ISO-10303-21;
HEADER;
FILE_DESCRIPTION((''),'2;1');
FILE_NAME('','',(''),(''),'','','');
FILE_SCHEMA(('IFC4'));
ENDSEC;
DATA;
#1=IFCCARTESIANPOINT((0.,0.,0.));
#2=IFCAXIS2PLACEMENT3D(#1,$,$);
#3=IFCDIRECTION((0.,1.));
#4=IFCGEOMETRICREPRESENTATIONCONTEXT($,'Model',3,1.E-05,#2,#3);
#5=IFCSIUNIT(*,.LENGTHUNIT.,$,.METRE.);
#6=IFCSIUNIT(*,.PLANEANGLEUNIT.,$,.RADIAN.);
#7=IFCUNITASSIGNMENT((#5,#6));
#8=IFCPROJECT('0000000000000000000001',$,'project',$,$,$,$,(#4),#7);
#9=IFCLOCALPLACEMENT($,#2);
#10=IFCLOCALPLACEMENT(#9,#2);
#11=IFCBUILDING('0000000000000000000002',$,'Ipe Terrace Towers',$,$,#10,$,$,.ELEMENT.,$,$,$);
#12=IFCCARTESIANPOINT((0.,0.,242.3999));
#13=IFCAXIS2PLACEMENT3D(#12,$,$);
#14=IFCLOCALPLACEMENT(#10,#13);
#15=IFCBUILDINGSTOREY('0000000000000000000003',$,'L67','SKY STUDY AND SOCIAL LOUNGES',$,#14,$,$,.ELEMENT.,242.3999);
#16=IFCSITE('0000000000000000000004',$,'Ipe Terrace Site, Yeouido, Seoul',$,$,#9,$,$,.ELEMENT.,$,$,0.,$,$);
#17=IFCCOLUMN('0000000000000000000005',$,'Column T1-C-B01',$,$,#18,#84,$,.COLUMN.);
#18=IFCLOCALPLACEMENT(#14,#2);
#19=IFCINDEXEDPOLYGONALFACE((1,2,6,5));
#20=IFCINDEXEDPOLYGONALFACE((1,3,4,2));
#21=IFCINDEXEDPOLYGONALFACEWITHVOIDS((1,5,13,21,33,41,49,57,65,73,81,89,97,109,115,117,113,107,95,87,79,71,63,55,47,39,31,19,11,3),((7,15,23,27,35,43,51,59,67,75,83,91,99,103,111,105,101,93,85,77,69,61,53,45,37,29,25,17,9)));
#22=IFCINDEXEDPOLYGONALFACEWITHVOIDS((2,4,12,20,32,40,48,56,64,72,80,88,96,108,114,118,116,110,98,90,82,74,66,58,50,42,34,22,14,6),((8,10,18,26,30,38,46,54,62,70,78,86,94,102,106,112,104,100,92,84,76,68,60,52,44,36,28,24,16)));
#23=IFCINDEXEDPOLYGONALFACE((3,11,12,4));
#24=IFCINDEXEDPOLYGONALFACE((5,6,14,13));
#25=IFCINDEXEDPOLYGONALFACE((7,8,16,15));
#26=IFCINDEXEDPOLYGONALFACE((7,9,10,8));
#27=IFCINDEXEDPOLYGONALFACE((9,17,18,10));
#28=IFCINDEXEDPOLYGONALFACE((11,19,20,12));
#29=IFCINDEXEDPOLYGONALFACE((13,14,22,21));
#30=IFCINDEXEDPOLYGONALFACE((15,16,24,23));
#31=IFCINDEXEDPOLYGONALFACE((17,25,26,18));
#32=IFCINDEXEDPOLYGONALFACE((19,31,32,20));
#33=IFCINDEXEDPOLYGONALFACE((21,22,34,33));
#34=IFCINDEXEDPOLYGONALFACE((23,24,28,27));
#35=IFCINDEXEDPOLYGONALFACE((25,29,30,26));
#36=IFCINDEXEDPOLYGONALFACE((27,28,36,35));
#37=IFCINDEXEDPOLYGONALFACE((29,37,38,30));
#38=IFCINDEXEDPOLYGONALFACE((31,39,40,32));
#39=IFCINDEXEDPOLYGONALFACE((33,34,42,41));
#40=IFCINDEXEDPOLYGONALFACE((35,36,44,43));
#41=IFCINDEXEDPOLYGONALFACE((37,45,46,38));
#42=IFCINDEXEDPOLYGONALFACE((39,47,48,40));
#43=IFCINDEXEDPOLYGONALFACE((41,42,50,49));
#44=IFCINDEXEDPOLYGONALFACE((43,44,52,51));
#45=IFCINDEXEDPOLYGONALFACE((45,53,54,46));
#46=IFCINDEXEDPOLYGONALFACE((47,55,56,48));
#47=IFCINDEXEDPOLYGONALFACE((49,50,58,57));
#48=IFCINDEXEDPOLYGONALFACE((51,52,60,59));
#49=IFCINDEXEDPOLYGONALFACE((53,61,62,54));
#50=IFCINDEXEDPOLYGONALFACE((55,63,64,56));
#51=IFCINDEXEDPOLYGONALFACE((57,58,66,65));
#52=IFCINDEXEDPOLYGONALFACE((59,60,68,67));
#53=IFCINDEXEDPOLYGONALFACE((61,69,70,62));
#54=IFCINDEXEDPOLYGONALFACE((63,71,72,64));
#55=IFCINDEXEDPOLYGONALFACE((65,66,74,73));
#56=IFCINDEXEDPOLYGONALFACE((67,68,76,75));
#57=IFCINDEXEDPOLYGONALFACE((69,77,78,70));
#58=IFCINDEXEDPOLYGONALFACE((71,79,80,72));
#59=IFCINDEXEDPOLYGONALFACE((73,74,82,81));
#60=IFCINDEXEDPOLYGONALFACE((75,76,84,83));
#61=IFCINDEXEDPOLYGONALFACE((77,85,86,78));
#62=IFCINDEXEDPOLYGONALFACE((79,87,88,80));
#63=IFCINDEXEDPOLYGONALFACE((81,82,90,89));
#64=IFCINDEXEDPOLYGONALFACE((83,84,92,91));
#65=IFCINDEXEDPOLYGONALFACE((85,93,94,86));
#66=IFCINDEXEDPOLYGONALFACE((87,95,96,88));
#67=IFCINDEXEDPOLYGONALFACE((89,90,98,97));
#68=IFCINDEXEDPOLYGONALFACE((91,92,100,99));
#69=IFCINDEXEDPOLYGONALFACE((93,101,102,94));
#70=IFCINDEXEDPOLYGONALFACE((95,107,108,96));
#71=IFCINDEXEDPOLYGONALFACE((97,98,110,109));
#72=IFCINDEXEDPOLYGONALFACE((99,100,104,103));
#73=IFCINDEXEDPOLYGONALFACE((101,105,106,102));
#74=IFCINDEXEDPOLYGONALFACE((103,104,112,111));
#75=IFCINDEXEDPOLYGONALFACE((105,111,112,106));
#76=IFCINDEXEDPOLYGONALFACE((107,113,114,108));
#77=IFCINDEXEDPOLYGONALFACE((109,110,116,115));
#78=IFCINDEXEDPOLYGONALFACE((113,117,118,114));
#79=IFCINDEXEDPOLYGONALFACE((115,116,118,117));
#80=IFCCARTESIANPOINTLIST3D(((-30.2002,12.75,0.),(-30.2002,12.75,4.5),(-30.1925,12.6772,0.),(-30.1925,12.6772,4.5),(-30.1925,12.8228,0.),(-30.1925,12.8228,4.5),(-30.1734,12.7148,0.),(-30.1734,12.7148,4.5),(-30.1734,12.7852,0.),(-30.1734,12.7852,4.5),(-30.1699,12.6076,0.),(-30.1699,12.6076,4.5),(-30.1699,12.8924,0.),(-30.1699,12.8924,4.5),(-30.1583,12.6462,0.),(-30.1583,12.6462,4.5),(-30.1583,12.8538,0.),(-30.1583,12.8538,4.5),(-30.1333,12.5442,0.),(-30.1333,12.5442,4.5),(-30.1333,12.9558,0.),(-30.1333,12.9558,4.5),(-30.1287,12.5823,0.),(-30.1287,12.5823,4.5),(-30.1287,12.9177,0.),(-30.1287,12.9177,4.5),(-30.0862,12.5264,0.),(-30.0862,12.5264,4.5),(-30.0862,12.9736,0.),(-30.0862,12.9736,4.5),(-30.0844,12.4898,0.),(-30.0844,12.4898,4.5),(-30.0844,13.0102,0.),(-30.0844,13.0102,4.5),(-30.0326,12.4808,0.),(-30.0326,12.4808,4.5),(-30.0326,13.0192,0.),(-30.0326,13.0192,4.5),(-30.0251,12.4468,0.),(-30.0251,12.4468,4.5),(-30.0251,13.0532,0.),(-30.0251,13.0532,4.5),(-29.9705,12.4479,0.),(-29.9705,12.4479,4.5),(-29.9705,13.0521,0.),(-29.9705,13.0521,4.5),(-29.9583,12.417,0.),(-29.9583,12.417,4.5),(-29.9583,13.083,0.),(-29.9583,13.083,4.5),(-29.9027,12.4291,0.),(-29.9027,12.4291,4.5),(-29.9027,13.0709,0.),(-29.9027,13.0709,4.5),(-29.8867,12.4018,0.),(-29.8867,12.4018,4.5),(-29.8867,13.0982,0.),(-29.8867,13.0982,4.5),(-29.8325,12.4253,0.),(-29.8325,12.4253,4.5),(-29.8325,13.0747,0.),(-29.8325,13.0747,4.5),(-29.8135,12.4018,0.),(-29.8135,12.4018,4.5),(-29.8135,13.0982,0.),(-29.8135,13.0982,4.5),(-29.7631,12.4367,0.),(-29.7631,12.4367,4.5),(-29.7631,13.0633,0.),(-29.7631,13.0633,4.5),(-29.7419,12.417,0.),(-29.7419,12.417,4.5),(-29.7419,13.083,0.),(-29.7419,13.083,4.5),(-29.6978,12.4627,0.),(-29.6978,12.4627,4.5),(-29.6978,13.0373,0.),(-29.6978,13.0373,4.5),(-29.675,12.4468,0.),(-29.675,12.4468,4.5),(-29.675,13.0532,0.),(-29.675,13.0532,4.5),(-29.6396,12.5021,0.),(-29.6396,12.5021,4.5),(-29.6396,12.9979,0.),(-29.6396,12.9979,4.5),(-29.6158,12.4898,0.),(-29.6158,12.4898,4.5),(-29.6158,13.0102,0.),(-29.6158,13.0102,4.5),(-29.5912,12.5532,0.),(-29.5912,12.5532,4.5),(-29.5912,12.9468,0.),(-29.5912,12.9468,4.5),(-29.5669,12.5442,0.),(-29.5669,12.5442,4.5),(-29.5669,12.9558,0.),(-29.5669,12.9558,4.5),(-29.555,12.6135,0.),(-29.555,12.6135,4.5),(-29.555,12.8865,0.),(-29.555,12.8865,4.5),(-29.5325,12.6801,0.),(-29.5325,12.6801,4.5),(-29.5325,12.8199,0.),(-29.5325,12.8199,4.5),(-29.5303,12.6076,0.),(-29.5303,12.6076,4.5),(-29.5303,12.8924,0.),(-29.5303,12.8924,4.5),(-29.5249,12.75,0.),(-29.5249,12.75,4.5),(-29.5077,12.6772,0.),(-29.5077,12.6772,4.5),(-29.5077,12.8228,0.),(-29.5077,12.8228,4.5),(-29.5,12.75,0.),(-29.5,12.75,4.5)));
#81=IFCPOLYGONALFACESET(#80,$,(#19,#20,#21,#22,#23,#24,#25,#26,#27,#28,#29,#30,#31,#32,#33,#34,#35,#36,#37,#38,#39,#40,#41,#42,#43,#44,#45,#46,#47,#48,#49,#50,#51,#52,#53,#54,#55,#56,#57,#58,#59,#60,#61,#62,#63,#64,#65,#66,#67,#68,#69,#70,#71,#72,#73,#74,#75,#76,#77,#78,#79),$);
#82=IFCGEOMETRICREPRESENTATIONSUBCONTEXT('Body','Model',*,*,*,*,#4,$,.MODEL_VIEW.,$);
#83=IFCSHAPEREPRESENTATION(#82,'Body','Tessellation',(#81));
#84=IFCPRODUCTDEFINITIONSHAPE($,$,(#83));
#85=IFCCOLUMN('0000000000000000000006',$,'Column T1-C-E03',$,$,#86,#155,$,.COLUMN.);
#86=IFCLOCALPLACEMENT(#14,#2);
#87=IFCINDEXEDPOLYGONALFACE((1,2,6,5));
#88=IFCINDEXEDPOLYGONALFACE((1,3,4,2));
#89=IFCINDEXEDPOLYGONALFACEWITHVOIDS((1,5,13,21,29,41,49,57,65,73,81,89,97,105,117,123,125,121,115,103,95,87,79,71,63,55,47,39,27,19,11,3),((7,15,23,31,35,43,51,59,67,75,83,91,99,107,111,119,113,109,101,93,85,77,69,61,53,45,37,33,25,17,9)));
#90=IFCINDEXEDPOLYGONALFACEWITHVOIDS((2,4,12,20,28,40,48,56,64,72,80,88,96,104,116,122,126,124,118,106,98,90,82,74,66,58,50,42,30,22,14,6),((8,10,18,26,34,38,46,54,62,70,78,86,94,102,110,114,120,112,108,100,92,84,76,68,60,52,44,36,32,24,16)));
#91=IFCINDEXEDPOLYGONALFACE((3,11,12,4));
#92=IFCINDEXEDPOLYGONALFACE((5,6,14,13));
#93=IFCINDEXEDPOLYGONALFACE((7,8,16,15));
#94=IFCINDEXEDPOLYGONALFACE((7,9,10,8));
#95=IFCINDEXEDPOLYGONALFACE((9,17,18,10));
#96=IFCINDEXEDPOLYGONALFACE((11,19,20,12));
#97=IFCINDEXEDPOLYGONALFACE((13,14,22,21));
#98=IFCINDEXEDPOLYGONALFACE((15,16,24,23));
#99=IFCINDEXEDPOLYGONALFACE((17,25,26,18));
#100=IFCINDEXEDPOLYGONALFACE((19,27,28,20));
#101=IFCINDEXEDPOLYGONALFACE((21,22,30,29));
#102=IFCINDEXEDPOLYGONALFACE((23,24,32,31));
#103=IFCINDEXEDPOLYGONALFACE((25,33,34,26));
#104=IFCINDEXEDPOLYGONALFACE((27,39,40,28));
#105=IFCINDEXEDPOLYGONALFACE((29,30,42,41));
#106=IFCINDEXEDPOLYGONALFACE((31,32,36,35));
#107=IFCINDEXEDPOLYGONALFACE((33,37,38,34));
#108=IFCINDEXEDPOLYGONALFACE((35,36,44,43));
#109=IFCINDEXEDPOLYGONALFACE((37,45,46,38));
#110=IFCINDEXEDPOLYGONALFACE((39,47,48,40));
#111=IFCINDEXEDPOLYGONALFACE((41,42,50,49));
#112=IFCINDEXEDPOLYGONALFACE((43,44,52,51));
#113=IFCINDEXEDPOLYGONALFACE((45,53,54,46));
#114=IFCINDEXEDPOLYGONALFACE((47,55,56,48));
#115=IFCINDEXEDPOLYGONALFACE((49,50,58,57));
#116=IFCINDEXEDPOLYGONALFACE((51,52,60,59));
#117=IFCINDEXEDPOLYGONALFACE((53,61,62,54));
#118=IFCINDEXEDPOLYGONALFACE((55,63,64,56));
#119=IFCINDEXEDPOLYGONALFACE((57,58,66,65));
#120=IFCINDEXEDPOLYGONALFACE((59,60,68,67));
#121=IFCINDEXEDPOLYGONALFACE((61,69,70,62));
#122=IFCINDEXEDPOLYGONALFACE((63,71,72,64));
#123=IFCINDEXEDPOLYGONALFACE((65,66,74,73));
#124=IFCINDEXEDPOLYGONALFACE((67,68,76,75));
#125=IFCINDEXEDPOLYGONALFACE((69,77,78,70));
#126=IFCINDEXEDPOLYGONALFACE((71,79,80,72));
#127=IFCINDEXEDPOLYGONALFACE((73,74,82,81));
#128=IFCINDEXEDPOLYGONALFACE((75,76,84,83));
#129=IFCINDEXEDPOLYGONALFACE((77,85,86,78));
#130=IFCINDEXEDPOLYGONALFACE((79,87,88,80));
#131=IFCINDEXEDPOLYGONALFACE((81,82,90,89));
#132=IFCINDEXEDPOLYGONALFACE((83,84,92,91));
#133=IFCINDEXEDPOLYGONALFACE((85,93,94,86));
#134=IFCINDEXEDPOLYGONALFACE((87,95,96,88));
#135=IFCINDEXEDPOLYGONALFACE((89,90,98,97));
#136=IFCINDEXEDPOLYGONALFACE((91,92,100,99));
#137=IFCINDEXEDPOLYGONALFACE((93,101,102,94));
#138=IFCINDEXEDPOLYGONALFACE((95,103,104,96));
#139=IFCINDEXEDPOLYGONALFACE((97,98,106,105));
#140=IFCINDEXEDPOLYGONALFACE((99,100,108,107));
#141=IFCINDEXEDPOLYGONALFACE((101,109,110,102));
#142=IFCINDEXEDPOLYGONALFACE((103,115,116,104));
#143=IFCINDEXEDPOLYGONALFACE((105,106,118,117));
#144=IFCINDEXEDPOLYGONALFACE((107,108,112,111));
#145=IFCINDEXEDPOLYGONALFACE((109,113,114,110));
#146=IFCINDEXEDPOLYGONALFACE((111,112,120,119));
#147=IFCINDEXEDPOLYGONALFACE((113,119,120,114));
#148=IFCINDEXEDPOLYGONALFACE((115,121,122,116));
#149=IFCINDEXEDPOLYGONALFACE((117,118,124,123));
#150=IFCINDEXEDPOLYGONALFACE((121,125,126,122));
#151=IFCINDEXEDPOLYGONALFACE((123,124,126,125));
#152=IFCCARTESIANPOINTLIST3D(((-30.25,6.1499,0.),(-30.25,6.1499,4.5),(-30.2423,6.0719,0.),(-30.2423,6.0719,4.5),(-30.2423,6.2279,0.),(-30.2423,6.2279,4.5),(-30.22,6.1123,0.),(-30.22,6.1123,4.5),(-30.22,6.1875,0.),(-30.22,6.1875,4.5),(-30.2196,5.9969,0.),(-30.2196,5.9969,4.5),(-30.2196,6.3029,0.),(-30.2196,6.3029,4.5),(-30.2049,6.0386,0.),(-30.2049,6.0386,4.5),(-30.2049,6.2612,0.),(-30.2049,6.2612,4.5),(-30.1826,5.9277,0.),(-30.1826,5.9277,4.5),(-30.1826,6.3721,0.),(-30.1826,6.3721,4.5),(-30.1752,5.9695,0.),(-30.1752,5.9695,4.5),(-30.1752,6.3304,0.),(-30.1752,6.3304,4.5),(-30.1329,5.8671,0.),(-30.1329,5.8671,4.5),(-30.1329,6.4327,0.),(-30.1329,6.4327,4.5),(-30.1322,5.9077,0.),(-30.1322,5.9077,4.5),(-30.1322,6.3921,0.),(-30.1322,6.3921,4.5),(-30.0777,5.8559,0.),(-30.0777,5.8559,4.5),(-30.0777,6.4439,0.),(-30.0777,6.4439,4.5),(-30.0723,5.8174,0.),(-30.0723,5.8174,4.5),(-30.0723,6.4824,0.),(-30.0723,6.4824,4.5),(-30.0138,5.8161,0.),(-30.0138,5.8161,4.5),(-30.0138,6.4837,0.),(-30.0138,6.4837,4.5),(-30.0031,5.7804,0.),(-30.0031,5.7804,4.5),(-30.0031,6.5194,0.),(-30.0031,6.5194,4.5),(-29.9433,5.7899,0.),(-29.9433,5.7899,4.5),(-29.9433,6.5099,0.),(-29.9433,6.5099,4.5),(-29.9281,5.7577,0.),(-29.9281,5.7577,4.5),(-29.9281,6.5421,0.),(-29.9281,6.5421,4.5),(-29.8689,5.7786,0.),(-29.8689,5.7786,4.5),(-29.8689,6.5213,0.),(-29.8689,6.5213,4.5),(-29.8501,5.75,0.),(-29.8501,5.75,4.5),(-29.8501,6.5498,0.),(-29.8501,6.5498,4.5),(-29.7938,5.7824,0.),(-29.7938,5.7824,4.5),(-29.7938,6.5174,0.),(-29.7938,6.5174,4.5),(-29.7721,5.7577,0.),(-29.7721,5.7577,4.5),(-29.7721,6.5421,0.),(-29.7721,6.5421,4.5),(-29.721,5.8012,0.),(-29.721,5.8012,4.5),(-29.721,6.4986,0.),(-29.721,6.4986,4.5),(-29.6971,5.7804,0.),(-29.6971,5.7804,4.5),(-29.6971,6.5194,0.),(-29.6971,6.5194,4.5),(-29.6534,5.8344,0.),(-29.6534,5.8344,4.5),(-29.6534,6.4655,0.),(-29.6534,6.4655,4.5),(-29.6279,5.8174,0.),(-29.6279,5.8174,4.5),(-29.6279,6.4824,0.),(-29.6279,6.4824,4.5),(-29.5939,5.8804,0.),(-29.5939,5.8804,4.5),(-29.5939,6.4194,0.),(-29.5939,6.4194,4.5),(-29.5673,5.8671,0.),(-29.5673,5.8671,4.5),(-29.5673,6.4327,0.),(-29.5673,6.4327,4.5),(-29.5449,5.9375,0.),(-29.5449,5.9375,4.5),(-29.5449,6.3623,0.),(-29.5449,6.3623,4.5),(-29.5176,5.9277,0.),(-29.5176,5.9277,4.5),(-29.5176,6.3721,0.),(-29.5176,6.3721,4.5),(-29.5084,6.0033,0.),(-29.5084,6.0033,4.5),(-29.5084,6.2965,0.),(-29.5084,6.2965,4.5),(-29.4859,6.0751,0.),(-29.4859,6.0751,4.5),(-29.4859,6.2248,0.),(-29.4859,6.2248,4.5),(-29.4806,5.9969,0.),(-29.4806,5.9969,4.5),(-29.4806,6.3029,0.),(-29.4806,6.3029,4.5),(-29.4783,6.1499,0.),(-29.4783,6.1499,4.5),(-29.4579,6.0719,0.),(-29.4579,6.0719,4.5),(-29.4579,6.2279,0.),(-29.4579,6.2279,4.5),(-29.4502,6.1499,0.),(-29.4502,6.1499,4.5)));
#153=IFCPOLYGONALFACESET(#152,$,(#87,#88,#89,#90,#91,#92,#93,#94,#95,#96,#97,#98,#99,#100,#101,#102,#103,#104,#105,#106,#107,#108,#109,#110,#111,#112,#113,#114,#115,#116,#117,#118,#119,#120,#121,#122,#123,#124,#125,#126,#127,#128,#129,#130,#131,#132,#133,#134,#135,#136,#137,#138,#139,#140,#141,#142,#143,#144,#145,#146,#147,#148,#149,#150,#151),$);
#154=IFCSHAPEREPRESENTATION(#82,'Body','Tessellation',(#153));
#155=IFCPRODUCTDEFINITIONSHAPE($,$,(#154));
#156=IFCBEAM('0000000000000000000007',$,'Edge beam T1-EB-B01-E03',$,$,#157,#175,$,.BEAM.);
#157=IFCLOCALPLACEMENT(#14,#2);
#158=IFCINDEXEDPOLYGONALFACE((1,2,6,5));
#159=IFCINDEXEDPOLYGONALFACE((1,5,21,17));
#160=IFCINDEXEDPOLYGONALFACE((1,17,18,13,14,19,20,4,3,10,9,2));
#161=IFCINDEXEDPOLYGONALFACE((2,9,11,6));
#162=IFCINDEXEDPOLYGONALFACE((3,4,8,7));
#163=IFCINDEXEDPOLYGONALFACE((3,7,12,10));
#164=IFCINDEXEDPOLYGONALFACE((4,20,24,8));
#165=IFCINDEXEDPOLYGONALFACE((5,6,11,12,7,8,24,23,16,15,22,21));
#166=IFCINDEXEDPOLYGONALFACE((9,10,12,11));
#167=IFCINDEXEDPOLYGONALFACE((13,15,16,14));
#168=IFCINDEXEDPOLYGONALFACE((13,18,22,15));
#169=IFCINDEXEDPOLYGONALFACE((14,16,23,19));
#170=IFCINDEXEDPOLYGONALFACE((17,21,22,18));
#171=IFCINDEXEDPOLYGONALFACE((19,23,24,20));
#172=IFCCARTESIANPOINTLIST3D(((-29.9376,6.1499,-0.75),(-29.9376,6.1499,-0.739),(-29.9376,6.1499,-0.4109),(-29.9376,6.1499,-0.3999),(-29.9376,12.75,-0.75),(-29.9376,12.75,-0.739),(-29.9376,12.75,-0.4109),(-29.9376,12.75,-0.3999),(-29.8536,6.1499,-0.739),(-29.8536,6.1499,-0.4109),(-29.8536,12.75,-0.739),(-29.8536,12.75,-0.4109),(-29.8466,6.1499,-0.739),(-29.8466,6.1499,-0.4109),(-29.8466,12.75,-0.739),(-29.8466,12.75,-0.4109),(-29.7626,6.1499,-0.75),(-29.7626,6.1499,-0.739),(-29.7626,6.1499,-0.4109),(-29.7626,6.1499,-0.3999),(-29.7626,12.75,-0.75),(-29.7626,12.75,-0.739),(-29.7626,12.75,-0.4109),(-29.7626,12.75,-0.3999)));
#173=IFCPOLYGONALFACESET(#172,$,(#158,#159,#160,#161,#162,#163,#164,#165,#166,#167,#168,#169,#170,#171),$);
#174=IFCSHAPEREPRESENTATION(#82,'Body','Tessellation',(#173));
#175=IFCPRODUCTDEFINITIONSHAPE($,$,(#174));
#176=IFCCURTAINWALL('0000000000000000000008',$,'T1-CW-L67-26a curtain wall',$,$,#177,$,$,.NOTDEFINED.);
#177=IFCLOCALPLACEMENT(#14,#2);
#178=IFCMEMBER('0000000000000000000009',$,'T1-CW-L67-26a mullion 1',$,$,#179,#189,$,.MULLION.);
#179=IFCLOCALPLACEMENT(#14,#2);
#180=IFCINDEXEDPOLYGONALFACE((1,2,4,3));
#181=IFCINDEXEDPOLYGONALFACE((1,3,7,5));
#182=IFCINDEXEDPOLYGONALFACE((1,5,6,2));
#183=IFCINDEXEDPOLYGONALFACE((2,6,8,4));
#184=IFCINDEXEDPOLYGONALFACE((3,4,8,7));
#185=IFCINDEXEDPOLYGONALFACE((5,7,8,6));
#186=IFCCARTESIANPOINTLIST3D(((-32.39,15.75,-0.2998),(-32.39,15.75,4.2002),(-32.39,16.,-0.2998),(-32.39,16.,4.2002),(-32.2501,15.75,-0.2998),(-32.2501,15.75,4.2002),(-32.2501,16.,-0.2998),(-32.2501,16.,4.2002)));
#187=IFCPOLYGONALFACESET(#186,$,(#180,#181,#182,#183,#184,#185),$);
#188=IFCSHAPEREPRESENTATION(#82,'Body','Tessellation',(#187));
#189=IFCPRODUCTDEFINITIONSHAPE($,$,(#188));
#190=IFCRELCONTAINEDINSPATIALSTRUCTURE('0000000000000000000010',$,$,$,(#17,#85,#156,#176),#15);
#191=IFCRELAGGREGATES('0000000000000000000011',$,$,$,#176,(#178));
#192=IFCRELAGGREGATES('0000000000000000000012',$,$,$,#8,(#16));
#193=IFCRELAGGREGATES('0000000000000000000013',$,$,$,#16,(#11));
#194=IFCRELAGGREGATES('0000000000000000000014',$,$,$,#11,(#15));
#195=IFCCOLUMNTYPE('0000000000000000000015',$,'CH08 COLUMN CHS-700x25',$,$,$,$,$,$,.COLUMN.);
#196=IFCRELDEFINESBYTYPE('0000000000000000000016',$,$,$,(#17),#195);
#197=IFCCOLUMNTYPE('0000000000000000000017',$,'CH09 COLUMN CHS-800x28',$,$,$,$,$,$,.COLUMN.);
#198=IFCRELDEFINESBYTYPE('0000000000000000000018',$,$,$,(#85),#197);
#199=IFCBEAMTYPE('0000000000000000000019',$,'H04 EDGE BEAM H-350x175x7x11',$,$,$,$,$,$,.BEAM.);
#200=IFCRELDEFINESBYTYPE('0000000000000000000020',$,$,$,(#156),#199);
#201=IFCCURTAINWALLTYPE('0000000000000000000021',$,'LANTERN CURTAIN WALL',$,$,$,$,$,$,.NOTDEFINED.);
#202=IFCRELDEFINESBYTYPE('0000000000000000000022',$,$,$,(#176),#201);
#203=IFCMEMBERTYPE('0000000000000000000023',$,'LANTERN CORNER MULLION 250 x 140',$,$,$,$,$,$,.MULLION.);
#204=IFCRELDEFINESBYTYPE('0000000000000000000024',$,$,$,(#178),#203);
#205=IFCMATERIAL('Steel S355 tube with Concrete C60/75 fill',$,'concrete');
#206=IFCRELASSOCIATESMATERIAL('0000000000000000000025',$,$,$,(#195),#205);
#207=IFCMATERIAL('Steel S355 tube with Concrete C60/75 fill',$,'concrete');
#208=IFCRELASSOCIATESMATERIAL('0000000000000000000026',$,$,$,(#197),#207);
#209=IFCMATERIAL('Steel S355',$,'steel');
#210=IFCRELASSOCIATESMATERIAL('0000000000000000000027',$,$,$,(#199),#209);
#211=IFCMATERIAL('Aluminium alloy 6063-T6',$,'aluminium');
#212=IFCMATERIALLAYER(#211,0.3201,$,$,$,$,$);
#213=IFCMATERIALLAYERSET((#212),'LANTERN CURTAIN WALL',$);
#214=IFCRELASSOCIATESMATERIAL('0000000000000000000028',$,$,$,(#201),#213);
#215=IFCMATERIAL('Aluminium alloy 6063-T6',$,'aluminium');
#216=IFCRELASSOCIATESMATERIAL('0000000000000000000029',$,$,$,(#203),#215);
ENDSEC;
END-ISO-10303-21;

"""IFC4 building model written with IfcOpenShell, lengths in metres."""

from ifc_helpers import new_model, si_unit, direction, frame, origin, origin_2d, place, context, subcontext, project, spatial, rectangle, hollow_circle, i_section, extrude, material, layer, layer_set, material_profile, profile_set, type_object, element, aggregate, save


model = new_model("IFC4")

# Units and contexts
model_context = context("Model", 3, precision=1e-05, world=origin(), true_north=direction((0.0, 1.0)))
body_context = subcontext(model_context, "Body", "Model", "MODEL_VIEW")
ifc_project = project(units=[si_unit("LENGTHUNIT", "METRE"), si_unit("PLANEANGLEUNIT", "RADIAN")], contexts=[model_context])

# Site, building, storey
site_placement = place(None, origin())
site = spatial("IfcSite", under=ifc_project, at=site_placement, Name="Ipe Terrace Site, Yeouido, Seoul", CompositionType="ELEMENT", RefElevation=0.0)
building_placement = place(site_placement, origin())
building = spatial("IfcBuilding", under=site, at=building_placement, Name="Ipe Terrace Towers", CompositionType="ELEMENT")
storey_placement = place(building_placement, frame((0.0, 0.0, 242.3999)))
storey = spatial("IfcBuildingStorey", under=building, at=storey_placement, Name="L67", Description="SKY STUDY AND SOCIAL LOUNGES", CompositionType="ELEMENT", Elevation=242.3999)

# Columns
ifc_material_1 = material(Name="Steel S355 tube with Concrete C60/75 fill", Category="concrete")
ifc_material_profile_1 = material_profile(ifc_material_1, hollow_circle(Radius=0.3501, WallThickness=0.0249, at=origin_2d()), Name="CHS-700x25")
ifc_profile_set_1 = profile_set([ifc_material_profile_1], Name="Steel S355 tube with Concrete C60/75 fill")
column_type_1 = type_object("IfcColumnType", Name="CH08 COLUMN CHS-700x25", PredefinedType="COLUMN", material=ifc_profile_set_1)
column_1_placement = place(storey_placement, frame((-29.8501, 12.75, 0.0), z_axis=(0.0, 0.0, 1.0), x_axis=(1.0, 0.0, 0.0)))
element("IfcColumn", 1, at=column_1_placement, inside=storey, type_object=column_type_1, Name="Column T1-C-B01", PredefinedType="COLUMN", context=body_context, shape_type="SweptSolid", body=[
    extrude(hollow_circle(Radius=0.3501, WallThickness=0.0249, at=origin_2d()), origin(), (0.0, 0.0, 1.0), 4.5),
])
ifc_material_2 = material(Name="Steel S355 tube with Concrete C60/75 fill", Category="concrete")
ifc_material_profile_2 = material_profile(ifc_material_2, hollow_circle(Radius=0.3999, WallThickness=0.0281, at=origin_2d()), Name="CHS-800x28")
ifc_profile_set_2 = profile_set([ifc_material_profile_2], Name="Steel S355 tube with Concrete C60/75 fill")
column_type_2 = type_object("IfcColumnType", Name="CH09 COLUMN CHS-800x28", PredefinedType="COLUMN", material=ifc_profile_set_2)
column_2_placement = place(storey_placement, frame((-29.8501, 6.1499, 0.0), z_axis=(0.0, 0.0, 1.0), x_axis=(1.0, 0.0, 0.0)))
element("IfcColumn", 2, at=column_2_placement, inside=storey, type_object=column_type_2, Name="Column T1-C-E03", PredefinedType="COLUMN", context=body_context, shape_type="SweptSolid", body=[
    extrude(hollow_circle(Radius=0.3999, WallThickness=0.0281, at=origin_2d()), origin(), (0.0, 0.0, 1.0), 4.5),
])

# Beam
ifc_material_3 = material(Name="Steel S355", Category="steel")
ifc_material_profile_3 = material_profile(ifc_material_3, i_section(OverallWidth=0.175, OverallDepth=0.3501, WebThickness=0.0071, FlangeThickness=0.011, at=origin_2d()), Name="H-350x175x7x11")
ifc_profile_set_3 = profile_set([ifc_material_profile_3], Name="Steel S355")
beam_type = type_object("IfcBeamType", Name="H04 EDGE BEAM H-350x175x7x11", PredefinedType="BEAM", material=ifc_profile_set_3)
beam_placement = place(storey_placement, frame((-29.8501, 12.75, -0.575), z_axis=(0.0, -1.0, 0.0), x_axis=(1.0, 0.0, 0.0)))
element("IfcBeam", 3, at=beam_placement, inside=storey, type_object=beam_type, Name="Edge beam T1-EB-B01-E03", PredefinedType="BEAM", context=body_context, shape_type="SweptSolid", body=[
    extrude(i_section(OverallWidth=0.175, OverallDepth=0.3501, WebThickness=0.0071, FlangeThickness=0.011, at=origin_2d()), origin(), (0.0, 0.0, 1.0), 6.6001),
])

# Curtain wall, member
ifc_material_4 = material(Name="Aluminium alloy 6063-T6", Category="aluminium")
ifc_layer_1 = layer(ifc_material_4, 0.3201)
ifc_layer_set_1 = layer_set([ifc_layer_1], Name="LANTERN CURTAIN WALL")
curtain_wall_type = type_object("IfcCurtainWallType", Name="LANTERN CURTAIN WALL", PredefinedType="NOTDEFINED", material=ifc_layer_set_1)
curtain_wall_placement = place(storey_placement, origin())
curtain_wall = element("IfcCurtainWall", 4, at=curtain_wall_placement, inside=storey, type_object=curtain_wall_type, Name="T1-CW-L67-26a curtain wall", PredefinedType="NOTDEFINED")
ifc_material_5 = material(Name="Aluminium alloy 6063-T6", Category="aluminium")
ifc_material_profile_4 = material_profile(ifc_material_5, rectangle(XDim=0.25, YDim=0.1399, at=origin_2d()), Name="LANTERN CORNER MULLION 250 x 140")
ifc_profile_set_4 = profile_set([ifc_material_profile_4], Name="Aluminium alloy 6063-T6")
member_type = type_object("IfcMemberType", Name="LANTERN CORNER MULLION 250 x 140", PredefinedType="MULLION", material=ifc_profile_set_4)
member_placement = place(storey_placement, frame((-32.3201, 15.875, -0.2998), z_axis=(0.0, 0.0, 1.0), x_axis=(0.0, 1.0, 0.0)))
member = element("IfcMember", 5, at=member_placement, type_object=member_type, Name="T1-CW-L67-26a mullion 1", PredefinedType="MULLION", context=body_context, shape_type="SweptSolid", body=[
    extrude(rectangle(XDim=0.25, YDim=0.1399, at=origin_2d()), origin(), (0.0, 0.0, 1.0), 4.5),
])
aggregate(curtain_wall, [member])

save(model, "model.ifc")
